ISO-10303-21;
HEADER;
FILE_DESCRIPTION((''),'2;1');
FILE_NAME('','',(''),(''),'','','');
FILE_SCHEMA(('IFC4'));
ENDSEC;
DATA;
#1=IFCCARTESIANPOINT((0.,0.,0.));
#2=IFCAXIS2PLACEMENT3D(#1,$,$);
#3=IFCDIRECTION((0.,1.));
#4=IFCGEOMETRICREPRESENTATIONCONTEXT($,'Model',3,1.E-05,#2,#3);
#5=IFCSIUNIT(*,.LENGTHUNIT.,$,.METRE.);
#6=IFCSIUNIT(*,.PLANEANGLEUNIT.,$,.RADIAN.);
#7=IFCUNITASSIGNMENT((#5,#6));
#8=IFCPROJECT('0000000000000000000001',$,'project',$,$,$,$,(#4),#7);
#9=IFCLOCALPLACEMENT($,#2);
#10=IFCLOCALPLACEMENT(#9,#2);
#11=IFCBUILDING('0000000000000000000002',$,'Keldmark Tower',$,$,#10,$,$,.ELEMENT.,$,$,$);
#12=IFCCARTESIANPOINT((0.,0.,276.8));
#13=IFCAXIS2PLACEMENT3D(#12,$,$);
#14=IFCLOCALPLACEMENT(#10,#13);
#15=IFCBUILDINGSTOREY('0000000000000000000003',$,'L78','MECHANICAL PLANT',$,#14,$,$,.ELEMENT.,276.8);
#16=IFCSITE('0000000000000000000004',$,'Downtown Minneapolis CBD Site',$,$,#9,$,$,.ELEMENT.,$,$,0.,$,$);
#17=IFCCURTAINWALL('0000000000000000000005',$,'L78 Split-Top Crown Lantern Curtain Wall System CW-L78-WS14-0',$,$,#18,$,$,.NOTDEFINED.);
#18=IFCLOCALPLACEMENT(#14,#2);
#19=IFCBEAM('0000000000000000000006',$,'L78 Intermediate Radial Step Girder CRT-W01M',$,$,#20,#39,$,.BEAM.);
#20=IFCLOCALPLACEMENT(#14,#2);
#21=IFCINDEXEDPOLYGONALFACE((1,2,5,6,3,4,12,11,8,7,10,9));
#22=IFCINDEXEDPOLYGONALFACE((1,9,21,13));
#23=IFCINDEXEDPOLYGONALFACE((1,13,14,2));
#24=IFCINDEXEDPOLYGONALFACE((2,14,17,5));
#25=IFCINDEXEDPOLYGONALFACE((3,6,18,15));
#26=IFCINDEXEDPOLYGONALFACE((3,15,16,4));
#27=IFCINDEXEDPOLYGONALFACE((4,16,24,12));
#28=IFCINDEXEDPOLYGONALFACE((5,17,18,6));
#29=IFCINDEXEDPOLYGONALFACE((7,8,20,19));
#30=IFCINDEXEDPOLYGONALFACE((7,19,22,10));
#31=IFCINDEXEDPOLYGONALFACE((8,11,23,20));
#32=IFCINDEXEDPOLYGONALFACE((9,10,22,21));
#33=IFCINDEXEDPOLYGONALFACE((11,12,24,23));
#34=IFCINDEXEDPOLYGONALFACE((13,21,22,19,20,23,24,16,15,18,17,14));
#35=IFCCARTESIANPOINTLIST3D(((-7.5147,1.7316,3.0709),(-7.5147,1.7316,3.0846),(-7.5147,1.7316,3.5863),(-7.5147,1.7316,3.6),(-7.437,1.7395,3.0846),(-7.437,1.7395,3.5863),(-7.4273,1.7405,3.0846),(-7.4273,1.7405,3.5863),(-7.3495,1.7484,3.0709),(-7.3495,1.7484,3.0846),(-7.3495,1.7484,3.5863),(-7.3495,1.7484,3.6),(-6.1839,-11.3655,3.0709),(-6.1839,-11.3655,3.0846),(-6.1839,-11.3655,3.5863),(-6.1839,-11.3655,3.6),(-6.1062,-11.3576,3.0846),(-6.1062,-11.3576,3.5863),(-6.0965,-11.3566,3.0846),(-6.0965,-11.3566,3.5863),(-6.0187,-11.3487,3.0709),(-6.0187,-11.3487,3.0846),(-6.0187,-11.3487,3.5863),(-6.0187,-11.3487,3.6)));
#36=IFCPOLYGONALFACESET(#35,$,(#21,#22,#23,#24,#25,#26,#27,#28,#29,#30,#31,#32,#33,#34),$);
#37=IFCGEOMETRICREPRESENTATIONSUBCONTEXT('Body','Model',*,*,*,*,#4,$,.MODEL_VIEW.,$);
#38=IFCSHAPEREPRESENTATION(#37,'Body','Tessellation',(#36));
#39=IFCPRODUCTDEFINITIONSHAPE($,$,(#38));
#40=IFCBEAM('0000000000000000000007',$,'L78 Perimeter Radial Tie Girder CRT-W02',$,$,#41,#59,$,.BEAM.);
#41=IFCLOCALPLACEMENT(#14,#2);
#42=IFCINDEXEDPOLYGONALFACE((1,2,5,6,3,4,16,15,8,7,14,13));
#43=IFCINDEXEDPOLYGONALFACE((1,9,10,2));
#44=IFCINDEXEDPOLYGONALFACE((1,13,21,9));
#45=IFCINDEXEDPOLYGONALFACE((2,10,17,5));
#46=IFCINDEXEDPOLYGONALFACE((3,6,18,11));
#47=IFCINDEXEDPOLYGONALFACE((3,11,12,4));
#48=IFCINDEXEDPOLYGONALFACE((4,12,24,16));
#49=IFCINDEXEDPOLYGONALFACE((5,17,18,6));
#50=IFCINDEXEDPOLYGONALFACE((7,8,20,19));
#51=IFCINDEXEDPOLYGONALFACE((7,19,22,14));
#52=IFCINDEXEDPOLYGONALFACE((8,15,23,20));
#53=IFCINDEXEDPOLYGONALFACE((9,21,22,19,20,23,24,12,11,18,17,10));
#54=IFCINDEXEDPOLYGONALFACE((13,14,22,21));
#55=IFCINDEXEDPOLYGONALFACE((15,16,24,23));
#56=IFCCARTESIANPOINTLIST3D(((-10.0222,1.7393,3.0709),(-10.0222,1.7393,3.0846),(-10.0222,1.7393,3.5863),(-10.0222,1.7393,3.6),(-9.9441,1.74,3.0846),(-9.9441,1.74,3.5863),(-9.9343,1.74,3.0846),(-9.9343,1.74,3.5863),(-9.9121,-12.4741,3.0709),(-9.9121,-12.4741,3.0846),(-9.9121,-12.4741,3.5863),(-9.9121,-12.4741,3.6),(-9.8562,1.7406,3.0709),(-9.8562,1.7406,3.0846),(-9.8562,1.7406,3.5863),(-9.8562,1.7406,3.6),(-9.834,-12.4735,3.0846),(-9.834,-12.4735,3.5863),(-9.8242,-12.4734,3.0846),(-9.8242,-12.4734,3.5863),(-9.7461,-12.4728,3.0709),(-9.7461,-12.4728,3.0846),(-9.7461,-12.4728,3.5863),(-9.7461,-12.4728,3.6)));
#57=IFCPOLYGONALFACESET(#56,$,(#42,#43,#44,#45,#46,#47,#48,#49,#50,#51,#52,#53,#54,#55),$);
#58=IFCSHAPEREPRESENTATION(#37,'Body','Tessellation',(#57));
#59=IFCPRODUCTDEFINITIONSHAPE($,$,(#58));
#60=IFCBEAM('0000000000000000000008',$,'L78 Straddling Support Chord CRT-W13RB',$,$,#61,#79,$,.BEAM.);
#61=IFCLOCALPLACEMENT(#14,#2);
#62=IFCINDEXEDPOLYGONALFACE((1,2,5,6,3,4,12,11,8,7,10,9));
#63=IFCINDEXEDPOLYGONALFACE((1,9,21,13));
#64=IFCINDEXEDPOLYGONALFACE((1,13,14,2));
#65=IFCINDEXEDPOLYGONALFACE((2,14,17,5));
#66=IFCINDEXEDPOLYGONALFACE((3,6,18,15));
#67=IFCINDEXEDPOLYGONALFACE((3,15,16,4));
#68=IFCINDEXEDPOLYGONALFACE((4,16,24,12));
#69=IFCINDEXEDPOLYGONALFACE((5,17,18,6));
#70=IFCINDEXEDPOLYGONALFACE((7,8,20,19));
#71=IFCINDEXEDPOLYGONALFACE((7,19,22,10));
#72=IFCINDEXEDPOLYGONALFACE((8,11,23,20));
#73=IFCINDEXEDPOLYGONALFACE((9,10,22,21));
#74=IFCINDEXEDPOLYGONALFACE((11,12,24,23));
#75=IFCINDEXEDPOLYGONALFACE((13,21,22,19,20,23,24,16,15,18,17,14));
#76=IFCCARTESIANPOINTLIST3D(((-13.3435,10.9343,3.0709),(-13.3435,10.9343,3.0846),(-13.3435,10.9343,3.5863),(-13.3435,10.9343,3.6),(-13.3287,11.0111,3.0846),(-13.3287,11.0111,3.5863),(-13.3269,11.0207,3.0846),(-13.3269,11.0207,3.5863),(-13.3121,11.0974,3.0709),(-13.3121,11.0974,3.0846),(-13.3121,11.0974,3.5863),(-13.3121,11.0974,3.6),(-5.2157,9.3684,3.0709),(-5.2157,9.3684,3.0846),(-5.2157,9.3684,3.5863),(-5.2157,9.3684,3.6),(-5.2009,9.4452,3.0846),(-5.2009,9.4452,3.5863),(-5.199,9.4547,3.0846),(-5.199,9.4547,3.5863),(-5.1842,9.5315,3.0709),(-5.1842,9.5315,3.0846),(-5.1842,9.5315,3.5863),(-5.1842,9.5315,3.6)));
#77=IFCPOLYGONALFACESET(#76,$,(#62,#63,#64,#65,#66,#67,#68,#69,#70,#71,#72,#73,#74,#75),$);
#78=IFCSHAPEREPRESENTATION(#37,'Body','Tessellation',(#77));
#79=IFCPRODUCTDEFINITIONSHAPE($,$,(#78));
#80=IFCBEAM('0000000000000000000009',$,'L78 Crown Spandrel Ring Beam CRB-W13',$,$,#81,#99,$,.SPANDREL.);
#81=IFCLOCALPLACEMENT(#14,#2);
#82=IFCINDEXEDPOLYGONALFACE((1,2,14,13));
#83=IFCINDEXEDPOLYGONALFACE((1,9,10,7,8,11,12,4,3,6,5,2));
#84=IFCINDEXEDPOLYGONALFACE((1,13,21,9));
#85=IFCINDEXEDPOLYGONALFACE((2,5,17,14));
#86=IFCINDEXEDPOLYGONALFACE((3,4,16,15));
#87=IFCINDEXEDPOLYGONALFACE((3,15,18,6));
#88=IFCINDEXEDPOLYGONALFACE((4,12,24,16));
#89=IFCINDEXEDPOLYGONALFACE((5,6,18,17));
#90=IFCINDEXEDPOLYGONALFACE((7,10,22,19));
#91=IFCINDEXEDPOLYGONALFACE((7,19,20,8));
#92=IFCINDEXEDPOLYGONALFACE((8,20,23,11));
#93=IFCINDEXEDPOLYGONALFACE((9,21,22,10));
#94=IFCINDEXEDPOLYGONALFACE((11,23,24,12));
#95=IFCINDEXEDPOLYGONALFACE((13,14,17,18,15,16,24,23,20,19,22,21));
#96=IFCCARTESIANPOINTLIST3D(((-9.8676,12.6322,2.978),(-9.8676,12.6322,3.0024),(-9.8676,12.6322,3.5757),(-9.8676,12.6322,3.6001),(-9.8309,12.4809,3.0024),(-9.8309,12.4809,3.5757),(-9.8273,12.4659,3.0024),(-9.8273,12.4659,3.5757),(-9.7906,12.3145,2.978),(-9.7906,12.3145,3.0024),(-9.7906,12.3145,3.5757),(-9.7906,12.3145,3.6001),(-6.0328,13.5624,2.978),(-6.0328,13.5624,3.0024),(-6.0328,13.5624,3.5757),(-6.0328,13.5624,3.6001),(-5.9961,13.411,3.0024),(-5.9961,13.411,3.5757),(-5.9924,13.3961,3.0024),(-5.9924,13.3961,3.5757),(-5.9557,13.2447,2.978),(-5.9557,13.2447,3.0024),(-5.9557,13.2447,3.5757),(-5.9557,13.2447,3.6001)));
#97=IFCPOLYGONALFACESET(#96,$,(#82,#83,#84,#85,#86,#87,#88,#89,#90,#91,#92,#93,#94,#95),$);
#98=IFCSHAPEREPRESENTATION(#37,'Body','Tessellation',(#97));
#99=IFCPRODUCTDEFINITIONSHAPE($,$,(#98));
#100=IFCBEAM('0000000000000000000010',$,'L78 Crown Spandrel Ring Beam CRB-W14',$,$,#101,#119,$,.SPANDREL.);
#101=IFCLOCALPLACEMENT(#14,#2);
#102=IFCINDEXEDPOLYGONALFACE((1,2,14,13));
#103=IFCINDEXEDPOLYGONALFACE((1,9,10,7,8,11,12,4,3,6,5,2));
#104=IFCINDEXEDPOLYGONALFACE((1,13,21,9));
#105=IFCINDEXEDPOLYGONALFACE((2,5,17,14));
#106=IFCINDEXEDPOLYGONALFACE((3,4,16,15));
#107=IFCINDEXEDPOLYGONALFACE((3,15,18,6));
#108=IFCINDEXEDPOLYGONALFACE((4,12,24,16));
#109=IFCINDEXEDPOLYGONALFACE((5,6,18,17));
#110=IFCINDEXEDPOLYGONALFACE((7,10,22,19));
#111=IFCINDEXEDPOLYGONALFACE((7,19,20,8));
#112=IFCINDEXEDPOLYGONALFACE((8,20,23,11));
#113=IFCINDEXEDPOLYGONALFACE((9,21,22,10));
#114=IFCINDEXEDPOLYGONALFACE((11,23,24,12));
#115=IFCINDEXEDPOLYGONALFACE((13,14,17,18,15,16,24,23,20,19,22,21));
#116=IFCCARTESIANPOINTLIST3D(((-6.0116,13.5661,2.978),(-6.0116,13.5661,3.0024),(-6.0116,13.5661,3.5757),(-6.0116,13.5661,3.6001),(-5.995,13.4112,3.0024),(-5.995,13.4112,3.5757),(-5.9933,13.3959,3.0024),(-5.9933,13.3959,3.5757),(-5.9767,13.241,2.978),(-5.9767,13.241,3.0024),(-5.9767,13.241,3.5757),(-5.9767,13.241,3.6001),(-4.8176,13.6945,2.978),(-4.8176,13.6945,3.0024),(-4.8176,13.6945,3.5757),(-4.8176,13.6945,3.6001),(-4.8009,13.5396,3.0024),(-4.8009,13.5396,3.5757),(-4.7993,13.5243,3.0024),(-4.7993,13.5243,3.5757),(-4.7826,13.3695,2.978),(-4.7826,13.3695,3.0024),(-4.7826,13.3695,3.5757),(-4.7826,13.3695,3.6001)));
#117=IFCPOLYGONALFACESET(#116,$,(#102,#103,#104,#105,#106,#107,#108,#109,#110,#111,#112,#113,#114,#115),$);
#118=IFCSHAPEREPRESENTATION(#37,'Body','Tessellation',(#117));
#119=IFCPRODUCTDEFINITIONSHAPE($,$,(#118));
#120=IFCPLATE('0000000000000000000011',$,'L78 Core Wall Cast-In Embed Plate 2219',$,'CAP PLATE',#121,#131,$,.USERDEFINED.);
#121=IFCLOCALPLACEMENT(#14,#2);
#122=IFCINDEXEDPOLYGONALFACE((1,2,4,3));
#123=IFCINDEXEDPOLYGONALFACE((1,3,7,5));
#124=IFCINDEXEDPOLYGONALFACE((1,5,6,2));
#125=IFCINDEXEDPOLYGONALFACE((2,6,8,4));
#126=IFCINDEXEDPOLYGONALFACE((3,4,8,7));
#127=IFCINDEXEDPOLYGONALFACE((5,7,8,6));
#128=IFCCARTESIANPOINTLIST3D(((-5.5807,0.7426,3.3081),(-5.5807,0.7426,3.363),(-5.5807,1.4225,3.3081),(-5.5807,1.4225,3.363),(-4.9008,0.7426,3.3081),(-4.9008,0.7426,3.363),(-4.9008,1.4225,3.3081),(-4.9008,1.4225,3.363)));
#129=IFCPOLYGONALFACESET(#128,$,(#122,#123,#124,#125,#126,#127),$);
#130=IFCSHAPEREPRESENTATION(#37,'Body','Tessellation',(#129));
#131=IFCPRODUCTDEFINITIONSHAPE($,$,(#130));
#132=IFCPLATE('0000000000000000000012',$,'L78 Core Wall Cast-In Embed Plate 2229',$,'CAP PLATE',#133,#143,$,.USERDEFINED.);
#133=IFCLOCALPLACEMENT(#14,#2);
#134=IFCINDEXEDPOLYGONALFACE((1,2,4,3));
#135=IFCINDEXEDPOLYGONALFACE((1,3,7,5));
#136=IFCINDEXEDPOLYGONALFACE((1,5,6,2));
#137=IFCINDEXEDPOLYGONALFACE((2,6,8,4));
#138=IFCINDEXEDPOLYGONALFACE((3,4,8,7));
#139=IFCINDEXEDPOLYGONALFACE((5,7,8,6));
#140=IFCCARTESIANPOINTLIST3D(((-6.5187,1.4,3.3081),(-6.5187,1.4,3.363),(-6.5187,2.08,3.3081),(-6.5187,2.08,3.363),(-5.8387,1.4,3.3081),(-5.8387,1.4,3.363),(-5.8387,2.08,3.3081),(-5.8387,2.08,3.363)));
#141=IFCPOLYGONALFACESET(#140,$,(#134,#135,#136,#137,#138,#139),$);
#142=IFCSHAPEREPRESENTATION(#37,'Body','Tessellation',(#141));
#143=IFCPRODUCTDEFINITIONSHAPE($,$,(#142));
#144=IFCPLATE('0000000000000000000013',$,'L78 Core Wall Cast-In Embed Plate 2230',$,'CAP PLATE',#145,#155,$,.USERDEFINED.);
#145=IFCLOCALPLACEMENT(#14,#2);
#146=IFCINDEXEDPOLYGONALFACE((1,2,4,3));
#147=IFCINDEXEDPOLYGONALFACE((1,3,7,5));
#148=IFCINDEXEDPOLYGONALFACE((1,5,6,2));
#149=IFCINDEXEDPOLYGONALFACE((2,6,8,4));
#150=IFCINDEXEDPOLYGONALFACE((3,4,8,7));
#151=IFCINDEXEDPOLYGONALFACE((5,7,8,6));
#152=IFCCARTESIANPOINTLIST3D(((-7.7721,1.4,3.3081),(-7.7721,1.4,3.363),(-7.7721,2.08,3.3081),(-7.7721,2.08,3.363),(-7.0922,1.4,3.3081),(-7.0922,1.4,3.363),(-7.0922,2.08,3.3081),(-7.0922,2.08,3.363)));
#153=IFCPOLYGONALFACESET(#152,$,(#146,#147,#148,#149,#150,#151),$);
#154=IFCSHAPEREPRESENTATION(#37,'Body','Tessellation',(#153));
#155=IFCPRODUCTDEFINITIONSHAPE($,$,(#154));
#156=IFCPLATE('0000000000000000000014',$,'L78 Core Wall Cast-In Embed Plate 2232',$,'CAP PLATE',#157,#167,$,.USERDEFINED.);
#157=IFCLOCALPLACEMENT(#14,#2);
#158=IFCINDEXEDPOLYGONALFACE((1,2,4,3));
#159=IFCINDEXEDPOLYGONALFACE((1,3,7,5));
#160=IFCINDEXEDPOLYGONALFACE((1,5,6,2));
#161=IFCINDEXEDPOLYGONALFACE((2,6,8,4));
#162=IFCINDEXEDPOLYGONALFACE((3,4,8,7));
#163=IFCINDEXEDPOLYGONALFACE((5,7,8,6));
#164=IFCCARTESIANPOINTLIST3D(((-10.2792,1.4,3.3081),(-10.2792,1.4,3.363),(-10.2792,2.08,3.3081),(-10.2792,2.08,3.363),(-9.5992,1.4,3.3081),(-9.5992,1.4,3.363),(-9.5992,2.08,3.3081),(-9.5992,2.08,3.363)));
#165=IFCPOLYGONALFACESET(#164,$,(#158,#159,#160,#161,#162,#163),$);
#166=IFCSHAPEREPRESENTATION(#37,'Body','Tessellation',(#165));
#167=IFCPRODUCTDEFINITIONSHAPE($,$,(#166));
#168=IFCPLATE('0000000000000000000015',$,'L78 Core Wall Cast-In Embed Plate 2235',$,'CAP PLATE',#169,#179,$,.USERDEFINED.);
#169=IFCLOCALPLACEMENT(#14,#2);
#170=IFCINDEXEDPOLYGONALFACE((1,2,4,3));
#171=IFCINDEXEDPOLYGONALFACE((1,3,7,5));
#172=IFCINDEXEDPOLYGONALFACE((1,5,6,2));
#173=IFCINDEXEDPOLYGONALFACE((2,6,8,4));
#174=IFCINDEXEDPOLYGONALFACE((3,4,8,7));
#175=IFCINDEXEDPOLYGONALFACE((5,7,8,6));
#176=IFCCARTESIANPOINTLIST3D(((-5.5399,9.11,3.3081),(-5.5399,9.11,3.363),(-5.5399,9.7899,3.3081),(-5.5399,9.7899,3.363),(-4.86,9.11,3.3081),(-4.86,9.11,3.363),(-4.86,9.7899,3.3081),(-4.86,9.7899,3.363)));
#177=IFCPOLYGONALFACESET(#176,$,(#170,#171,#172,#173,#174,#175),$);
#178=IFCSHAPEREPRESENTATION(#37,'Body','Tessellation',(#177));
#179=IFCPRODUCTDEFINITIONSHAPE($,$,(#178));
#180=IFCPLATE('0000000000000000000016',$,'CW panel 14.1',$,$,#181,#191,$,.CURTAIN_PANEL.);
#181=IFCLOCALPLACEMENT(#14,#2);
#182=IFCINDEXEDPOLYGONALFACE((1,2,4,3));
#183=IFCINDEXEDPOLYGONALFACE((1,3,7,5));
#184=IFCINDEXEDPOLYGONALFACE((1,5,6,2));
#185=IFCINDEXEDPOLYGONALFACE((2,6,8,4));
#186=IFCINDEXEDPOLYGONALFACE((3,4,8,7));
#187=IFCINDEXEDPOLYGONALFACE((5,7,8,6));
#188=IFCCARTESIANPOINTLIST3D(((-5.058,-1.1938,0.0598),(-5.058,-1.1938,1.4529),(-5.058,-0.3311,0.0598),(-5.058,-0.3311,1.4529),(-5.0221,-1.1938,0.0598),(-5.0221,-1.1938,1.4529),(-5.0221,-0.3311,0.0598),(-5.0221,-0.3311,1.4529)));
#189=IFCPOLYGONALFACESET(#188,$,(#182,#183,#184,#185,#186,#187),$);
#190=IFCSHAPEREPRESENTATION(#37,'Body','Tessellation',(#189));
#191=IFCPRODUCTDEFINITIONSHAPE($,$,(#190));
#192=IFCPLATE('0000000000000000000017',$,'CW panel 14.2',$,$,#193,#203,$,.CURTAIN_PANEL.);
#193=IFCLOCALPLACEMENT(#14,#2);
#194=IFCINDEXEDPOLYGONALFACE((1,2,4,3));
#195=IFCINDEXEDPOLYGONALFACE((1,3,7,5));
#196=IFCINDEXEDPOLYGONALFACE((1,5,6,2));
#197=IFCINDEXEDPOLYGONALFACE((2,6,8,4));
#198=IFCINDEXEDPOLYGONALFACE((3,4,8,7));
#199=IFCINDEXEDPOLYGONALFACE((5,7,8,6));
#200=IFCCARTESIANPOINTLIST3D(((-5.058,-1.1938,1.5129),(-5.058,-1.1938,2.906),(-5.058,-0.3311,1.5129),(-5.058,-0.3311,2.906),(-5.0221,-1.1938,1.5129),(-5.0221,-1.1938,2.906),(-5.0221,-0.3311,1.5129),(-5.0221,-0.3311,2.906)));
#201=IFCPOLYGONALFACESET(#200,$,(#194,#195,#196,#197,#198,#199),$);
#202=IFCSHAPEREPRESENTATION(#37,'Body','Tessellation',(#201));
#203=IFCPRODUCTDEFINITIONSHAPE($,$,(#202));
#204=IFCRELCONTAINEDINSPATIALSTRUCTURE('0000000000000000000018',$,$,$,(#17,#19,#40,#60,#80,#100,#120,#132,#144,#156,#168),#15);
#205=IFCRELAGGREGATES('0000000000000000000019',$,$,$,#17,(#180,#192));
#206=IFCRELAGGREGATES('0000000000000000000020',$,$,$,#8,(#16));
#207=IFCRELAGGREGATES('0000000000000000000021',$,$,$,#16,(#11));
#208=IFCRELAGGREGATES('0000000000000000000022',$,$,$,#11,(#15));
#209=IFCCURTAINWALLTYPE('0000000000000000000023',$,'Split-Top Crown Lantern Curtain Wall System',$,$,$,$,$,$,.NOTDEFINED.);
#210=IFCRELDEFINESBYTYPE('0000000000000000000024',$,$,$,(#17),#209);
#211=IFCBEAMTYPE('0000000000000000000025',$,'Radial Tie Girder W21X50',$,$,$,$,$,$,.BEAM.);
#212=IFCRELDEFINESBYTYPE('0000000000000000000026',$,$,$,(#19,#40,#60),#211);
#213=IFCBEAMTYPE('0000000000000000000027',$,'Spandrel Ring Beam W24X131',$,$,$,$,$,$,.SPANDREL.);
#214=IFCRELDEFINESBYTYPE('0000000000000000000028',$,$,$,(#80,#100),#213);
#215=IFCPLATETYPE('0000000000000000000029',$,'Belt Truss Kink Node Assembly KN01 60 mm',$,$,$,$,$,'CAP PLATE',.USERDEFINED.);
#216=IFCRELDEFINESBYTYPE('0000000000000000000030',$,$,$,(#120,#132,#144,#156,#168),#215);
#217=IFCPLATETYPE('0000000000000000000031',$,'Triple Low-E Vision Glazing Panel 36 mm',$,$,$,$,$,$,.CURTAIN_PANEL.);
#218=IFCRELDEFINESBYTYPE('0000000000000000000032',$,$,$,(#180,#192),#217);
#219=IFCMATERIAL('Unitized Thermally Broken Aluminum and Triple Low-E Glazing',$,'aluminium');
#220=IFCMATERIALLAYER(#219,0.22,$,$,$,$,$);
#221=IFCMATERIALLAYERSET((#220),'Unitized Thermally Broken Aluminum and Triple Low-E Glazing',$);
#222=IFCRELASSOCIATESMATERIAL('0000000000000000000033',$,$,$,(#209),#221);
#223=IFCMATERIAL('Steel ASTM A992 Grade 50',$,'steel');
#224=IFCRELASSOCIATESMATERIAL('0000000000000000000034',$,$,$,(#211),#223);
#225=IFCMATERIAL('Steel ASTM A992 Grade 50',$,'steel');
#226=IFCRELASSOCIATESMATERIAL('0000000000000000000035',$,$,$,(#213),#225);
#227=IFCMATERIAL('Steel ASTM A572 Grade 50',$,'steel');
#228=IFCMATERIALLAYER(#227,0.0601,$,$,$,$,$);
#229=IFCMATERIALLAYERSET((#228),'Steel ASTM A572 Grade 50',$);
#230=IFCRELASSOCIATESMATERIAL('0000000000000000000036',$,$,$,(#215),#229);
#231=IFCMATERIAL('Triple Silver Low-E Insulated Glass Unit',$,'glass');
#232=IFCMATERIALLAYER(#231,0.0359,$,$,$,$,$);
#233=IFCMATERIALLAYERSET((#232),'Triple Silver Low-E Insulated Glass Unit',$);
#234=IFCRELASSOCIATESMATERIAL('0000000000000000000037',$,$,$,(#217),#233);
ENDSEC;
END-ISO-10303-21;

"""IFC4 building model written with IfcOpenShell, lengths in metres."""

from ifc_helpers import new_model, si_unit, direction, frame, origin, origin_2d, place, context, subcontext, project, spatial, rectangle, i_section, extrude, material, layer, layer_set, material_profile, profile_set, type_object, element, aggregate, save


model = new_model("IFC4")

# Units and contexts
model_context = context("Model", 3, precision=1e-05, world=origin(), true_north=direction((0.0, 1.0)))
body_context = subcontext(model_context, "Body", "Model", "MODEL_VIEW")
ifc_project = project(units=[si_unit("LENGTHUNIT", "METRE"), si_unit("PLANEANGLEUNIT", "RADIAN")], contexts=[model_context])

# Site, building, storey
site_placement = place(None, origin())
site = spatial("IfcSite", under=ifc_project, at=site_placement, Name="Downtown Minneapolis CBD Site", CompositionType="ELEMENT", RefElevation=0.0)
building_placement = place(site_placement, origin())
building = spatial("IfcBuilding", under=site, at=building_placement, Name="Keldmark Tower", CompositionType="ELEMENT")
storey_placement = place(building_placement, frame((0.0, 0.0, 276.8)))
storey = spatial("IfcBuildingStorey", under=building, at=storey_placement, Name="L78", Description="MECHANICAL PLANT", CompositionType="ELEMENT", Elevation=276.8)

# Curtain wall
ifc_material_1 = material(Name="Unitized Thermally Broken Aluminum and Triple Low-E Glazing", Category="aluminium")
ifc_layer_1 = layer(ifc_material_1, 0.22)
ifc_layer_set_1 = layer_set([ifc_layer_1], Name="Unitized Thermally Broken Aluminum and Triple Low-E Glazing")
curtain_wall_type = type_object("IfcCurtainWallType", Name="Split-Top Crown Lantern Curtain Wall System", PredefinedType="NOTDEFINED", material=ifc_layer_set_1)
curtain_wall_placement = place(storey_placement, origin())
curtain_wall = element("IfcCurtainWall", 1, at=curtain_wall_placement, inside=storey, type_object=curtain_wall_type, Name="L78 Split-Top Crown Lantern Curtain Wall System CW-L78-WS14-0", PredefinedType="NOTDEFINED")

# Beams
ifc_material_2 = material(Name="Steel ASTM A992 Grade 50", Category="steel")
ifc_material_profile_1 = material_profile(ifc_material_2, i_section(OverallWidth=0.166, OverallDepth=0.5291, WebThickness=0.0098, FlangeThickness=0.0137, at=origin_2d()), Name="W21X50")
ifc_profile_set_1 = profile_set([ifc_material_profile_1], Name="Steel ASTM A992 Grade 50")
beam_type_1 = type_object("IfcBeamType", Name="Radial Tie Girder W21X50", PredefinedType="BEAM", material=ifc_profile_set_1)
beam_1_placement = place(storey_placement, frame((-7.4321, 1.74, 3.3354), z_axis=(0.10109, -0.994877, 0.0), x_axis=(0.994877, 0.10109, 0.0)))
element("IfcBeam", 2, at=beam_1_placement, inside=storey, type_object=beam_type_1, Name="L78 Intermediate Radial Step Girder CRT-W01M", PredefinedType="BEAM", context=body_context, shape_type="SweptSolid", body=[
    extrude(i_section(OverallWidth=0.166, OverallDepth=0.5291, WebThickness=0.0098, FlangeThickness=0.0137, at=origin_2d()), origin(), (0.0, 0.0, 1.0), 13.1646),
])
beam_2_placement = place(storey_placement, frame((-9.9392, 1.74, 3.3354), z_axis=(0.007747, -0.99997, 0.0), x_axis=(0.99997, 0.007747, 0.0)))
element("IfcBeam", 3, at=beam_2_placement, inside=storey, type_object=beam_type_1, Name="L78 Perimeter Radial Tie Girder CRT-W02", PredefinedType="BEAM", context=body_context, shape_type="SweptSolid", body=[
    extrude(i_section(OverallWidth=0.166, OverallDepth=0.5291, WebThickness=0.0098, FlangeThickness=0.0137, at=origin_2d()), origin(), (0.0, 0.0, 1.0), 14.2139),
])
beam_3_placement = place(storey_placement, frame((-5.2, 9.45, 3.3354), z_axis=(-0.981942, 0.18918, 0.0), x_axis=(-0.18918, -0.981942, 0.0)))
element("IfcBeam", 4, at=beam_3_placement, inside=storey, type_object=beam_type_1, Name="L78 Straddling Support Chord CRT-W13RB", PredefinedType="BEAM", context=body_context, shape_type="SweptSolid", body=[
    extrude(i_section(OverallWidth=0.166, OverallDepth=0.5291, WebThickness=0.0098, FlangeThickness=0.0137, at=origin_2d()), origin(), (0.0, 0.0, 1.0), 8.2773),
])
ifc_material_3 = material(Name="Steel ASTM A992 Grade 50", Category="steel")
ifc_material_profile_2 = material_profile(ifc_material_3, i_section(OverallWidth=0.3269, OverallDepth=0.6221, WebThickness=0.0154, FlangeThickness=0.0244, at=origin_2d()), Name="W24X131")
ifc_profile_set_2 = profile_set([ifc_material_profile_2], Name="Steel ASTM A992 Grade 50")
beam_type_2 = type_object("IfcBeamType", Name="Spandrel Ring Beam W24X131", PredefinedType="SPANDREL", material=ifc_profile_set_2)
beam_4_placement = place(storey_placement, frame((-9.8291, 12.4734, 3.2891), z_axis=(0.971822, 0.235717, 0.0), x_axis=(-0.235717, 0.971822, 0.0)))
element("IfcBeam", 5, at=beam_4_placement, inside=storey, type_object=beam_type_2, Name="L78 Crown Spandrel Ring Beam CRB-W13", PredefinedType="SPANDREL", context=body_context, shape_type="SweptSolid", body=[
    extrude(i_section(OverallWidth=0.3269, OverallDepth=0.6221, WebThickness=0.0154, FlangeThickness=0.0244, at=origin_2d()), origin(), (0.0, 0.0, 1.0), 3.946),
])
beam_5_placement = place(storey_placement, frame((-5.9941, 13.4036, 3.2891), z_axis=(0.994267, 0.106928, 0.0), x_axis=(-0.106928, 0.994267, 0.0)))
element("IfcBeam", 6, at=beam_5_placement, inside=storey, type_object=beam_type_2, Name="L78 Crown Spandrel Ring Beam CRB-W14", PredefinedType="SPANDREL", context=body_context, shape_type="SweptSolid", body=[
    extrude(i_section(OverallWidth=0.3269, OverallDepth=0.6221, WebThickness=0.0154, FlangeThickness=0.0244, at=origin_2d()), origin(), (0.0, 0.0, 1.0), 1.2009),
])

# Plates
ifc_material_4 = material(Name="Steel ASTM A572 Grade 50", Category="steel")
ifc_layer_2 = layer(ifc_material_4, 0.0601)
ifc_layer_set_2 = layer_set([ifc_layer_2], Name="Steel ASTM A572 Grade 50")
plate_type_1 = type_object("IfcPlateType", Name="Belt Truss Kink Node Assembly KN01 60 mm", ElementType="CAP PLATE", PredefinedType="USERDEFINED", material=ifc_layer_set_2)
for number, where, z_axis, x_axis, name in (
    (7, (-5.2407, 1.0825, 3.3081), (0.0, 0.0, 1.0), (1.0, 0.0, 0.0), "L78 Core Wall Cast-In Embed Plate 2219"),
    (8, (-6.1787, 1.74, 3.3081), (0.0, 0.0, 1.0), (1.0, 0.0, 0.0), "L78 Core Wall Cast-In Embed Plate 2229"),
    (9, (-7.4321, 1.74, 3.3081), (0.0, 0.0, 1.0), (1.0, 0.0, 0.0), "L78 Core Wall Cast-In Embed Plate 2230"),
    (10, (-9.9392, 1.74, 3.3081), (0.0, 0.0, 1.0), (1.0, 0.0, 0.0), "L78 Core Wall Cast-In Embed Plate 2232"),
    (11, (-5.2, 9.45, 3.3081), (0.0, 0.0, 1.0), (1.0, 0.0, 0.0), "L78 Core Wall Cast-In Embed Plate 2235"),
):
    element("IfcPlate", number, at=place(storey_placement, frame(where, z_axis=z_axis, x_axis=x_axis)), inside=storey, type_object=plate_type_1, Name=name, ObjectType="CAP PLATE", PredefinedType="USERDEFINED", context=body_context, shape_type="SweptSolid", body=[
        extrude(rectangle(XDim=0.6799, YDim=0.6799, at=origin_2d()), origin(), (0.0, 0.0, 1.0), 0.0549),
    ])

# Plates
ifc_material_5 = material(Name="Triple Silver Low-E Insulated Glass Unit", Category="glass")
ifc_layer_3 = layer(ifc_material_5, 0.0359)
ifc_layer_set_3 = layer_set([ifc_layer_3], Name="Triple Silver Low-E Insulated Glass Unit")
plate_type_2 = type_object("IfcPlateType", Name="Triple Low-E Vision Glazing Panel 36 mm", PredefinedType="CURTAIN_PANEL", material=ifc_layer_set_3)
plate_1_placement = place(storey_placement, frame((-5.04, -0.7625, 0.0598), z_axis=(0.0, 0.0, 1.0), x_axis=(0.0, 1.0, 0.0)))
plate_1 = element("IfcPlate", 12, at=plate_1_placement, type_object=plate_type_2, Name="CW panel 14.1", PredefinedType="CURTAIN_PANEL", context=body_context, shape_type="SweptSolid", body=[
    extrude(rectangle(XDim=0.8628, YDim=0.0359, at=origin_2d()), origin(), (0.0, 0.0, 1.0), 1.3931),
])
plate_2_placement = place(storey_placement, frame((-5.04, -0.7625, 1.5129), z_axis=(0.0, 0.0, 1.0), x_axis=(0.0, 1.0, 0.0)))
plate_2 = element("IfcPlate", 13, at=plate_2_placement, type_object=plate_type_2, Name="CW panel 14.2", PredefinedType="CURTAIN_PANEL", context=body_context, shape_type="SweptSolid", body=[
    extrude(rectangle(XDim=0.8628, YDim=0.0359, at=origin_2d()), origin(), (0.0, 0.0, 1.0), 1.3931),
])
aggregate(curtain_wall, [plate_1, plate_2])

save(model, "model.ifc")
